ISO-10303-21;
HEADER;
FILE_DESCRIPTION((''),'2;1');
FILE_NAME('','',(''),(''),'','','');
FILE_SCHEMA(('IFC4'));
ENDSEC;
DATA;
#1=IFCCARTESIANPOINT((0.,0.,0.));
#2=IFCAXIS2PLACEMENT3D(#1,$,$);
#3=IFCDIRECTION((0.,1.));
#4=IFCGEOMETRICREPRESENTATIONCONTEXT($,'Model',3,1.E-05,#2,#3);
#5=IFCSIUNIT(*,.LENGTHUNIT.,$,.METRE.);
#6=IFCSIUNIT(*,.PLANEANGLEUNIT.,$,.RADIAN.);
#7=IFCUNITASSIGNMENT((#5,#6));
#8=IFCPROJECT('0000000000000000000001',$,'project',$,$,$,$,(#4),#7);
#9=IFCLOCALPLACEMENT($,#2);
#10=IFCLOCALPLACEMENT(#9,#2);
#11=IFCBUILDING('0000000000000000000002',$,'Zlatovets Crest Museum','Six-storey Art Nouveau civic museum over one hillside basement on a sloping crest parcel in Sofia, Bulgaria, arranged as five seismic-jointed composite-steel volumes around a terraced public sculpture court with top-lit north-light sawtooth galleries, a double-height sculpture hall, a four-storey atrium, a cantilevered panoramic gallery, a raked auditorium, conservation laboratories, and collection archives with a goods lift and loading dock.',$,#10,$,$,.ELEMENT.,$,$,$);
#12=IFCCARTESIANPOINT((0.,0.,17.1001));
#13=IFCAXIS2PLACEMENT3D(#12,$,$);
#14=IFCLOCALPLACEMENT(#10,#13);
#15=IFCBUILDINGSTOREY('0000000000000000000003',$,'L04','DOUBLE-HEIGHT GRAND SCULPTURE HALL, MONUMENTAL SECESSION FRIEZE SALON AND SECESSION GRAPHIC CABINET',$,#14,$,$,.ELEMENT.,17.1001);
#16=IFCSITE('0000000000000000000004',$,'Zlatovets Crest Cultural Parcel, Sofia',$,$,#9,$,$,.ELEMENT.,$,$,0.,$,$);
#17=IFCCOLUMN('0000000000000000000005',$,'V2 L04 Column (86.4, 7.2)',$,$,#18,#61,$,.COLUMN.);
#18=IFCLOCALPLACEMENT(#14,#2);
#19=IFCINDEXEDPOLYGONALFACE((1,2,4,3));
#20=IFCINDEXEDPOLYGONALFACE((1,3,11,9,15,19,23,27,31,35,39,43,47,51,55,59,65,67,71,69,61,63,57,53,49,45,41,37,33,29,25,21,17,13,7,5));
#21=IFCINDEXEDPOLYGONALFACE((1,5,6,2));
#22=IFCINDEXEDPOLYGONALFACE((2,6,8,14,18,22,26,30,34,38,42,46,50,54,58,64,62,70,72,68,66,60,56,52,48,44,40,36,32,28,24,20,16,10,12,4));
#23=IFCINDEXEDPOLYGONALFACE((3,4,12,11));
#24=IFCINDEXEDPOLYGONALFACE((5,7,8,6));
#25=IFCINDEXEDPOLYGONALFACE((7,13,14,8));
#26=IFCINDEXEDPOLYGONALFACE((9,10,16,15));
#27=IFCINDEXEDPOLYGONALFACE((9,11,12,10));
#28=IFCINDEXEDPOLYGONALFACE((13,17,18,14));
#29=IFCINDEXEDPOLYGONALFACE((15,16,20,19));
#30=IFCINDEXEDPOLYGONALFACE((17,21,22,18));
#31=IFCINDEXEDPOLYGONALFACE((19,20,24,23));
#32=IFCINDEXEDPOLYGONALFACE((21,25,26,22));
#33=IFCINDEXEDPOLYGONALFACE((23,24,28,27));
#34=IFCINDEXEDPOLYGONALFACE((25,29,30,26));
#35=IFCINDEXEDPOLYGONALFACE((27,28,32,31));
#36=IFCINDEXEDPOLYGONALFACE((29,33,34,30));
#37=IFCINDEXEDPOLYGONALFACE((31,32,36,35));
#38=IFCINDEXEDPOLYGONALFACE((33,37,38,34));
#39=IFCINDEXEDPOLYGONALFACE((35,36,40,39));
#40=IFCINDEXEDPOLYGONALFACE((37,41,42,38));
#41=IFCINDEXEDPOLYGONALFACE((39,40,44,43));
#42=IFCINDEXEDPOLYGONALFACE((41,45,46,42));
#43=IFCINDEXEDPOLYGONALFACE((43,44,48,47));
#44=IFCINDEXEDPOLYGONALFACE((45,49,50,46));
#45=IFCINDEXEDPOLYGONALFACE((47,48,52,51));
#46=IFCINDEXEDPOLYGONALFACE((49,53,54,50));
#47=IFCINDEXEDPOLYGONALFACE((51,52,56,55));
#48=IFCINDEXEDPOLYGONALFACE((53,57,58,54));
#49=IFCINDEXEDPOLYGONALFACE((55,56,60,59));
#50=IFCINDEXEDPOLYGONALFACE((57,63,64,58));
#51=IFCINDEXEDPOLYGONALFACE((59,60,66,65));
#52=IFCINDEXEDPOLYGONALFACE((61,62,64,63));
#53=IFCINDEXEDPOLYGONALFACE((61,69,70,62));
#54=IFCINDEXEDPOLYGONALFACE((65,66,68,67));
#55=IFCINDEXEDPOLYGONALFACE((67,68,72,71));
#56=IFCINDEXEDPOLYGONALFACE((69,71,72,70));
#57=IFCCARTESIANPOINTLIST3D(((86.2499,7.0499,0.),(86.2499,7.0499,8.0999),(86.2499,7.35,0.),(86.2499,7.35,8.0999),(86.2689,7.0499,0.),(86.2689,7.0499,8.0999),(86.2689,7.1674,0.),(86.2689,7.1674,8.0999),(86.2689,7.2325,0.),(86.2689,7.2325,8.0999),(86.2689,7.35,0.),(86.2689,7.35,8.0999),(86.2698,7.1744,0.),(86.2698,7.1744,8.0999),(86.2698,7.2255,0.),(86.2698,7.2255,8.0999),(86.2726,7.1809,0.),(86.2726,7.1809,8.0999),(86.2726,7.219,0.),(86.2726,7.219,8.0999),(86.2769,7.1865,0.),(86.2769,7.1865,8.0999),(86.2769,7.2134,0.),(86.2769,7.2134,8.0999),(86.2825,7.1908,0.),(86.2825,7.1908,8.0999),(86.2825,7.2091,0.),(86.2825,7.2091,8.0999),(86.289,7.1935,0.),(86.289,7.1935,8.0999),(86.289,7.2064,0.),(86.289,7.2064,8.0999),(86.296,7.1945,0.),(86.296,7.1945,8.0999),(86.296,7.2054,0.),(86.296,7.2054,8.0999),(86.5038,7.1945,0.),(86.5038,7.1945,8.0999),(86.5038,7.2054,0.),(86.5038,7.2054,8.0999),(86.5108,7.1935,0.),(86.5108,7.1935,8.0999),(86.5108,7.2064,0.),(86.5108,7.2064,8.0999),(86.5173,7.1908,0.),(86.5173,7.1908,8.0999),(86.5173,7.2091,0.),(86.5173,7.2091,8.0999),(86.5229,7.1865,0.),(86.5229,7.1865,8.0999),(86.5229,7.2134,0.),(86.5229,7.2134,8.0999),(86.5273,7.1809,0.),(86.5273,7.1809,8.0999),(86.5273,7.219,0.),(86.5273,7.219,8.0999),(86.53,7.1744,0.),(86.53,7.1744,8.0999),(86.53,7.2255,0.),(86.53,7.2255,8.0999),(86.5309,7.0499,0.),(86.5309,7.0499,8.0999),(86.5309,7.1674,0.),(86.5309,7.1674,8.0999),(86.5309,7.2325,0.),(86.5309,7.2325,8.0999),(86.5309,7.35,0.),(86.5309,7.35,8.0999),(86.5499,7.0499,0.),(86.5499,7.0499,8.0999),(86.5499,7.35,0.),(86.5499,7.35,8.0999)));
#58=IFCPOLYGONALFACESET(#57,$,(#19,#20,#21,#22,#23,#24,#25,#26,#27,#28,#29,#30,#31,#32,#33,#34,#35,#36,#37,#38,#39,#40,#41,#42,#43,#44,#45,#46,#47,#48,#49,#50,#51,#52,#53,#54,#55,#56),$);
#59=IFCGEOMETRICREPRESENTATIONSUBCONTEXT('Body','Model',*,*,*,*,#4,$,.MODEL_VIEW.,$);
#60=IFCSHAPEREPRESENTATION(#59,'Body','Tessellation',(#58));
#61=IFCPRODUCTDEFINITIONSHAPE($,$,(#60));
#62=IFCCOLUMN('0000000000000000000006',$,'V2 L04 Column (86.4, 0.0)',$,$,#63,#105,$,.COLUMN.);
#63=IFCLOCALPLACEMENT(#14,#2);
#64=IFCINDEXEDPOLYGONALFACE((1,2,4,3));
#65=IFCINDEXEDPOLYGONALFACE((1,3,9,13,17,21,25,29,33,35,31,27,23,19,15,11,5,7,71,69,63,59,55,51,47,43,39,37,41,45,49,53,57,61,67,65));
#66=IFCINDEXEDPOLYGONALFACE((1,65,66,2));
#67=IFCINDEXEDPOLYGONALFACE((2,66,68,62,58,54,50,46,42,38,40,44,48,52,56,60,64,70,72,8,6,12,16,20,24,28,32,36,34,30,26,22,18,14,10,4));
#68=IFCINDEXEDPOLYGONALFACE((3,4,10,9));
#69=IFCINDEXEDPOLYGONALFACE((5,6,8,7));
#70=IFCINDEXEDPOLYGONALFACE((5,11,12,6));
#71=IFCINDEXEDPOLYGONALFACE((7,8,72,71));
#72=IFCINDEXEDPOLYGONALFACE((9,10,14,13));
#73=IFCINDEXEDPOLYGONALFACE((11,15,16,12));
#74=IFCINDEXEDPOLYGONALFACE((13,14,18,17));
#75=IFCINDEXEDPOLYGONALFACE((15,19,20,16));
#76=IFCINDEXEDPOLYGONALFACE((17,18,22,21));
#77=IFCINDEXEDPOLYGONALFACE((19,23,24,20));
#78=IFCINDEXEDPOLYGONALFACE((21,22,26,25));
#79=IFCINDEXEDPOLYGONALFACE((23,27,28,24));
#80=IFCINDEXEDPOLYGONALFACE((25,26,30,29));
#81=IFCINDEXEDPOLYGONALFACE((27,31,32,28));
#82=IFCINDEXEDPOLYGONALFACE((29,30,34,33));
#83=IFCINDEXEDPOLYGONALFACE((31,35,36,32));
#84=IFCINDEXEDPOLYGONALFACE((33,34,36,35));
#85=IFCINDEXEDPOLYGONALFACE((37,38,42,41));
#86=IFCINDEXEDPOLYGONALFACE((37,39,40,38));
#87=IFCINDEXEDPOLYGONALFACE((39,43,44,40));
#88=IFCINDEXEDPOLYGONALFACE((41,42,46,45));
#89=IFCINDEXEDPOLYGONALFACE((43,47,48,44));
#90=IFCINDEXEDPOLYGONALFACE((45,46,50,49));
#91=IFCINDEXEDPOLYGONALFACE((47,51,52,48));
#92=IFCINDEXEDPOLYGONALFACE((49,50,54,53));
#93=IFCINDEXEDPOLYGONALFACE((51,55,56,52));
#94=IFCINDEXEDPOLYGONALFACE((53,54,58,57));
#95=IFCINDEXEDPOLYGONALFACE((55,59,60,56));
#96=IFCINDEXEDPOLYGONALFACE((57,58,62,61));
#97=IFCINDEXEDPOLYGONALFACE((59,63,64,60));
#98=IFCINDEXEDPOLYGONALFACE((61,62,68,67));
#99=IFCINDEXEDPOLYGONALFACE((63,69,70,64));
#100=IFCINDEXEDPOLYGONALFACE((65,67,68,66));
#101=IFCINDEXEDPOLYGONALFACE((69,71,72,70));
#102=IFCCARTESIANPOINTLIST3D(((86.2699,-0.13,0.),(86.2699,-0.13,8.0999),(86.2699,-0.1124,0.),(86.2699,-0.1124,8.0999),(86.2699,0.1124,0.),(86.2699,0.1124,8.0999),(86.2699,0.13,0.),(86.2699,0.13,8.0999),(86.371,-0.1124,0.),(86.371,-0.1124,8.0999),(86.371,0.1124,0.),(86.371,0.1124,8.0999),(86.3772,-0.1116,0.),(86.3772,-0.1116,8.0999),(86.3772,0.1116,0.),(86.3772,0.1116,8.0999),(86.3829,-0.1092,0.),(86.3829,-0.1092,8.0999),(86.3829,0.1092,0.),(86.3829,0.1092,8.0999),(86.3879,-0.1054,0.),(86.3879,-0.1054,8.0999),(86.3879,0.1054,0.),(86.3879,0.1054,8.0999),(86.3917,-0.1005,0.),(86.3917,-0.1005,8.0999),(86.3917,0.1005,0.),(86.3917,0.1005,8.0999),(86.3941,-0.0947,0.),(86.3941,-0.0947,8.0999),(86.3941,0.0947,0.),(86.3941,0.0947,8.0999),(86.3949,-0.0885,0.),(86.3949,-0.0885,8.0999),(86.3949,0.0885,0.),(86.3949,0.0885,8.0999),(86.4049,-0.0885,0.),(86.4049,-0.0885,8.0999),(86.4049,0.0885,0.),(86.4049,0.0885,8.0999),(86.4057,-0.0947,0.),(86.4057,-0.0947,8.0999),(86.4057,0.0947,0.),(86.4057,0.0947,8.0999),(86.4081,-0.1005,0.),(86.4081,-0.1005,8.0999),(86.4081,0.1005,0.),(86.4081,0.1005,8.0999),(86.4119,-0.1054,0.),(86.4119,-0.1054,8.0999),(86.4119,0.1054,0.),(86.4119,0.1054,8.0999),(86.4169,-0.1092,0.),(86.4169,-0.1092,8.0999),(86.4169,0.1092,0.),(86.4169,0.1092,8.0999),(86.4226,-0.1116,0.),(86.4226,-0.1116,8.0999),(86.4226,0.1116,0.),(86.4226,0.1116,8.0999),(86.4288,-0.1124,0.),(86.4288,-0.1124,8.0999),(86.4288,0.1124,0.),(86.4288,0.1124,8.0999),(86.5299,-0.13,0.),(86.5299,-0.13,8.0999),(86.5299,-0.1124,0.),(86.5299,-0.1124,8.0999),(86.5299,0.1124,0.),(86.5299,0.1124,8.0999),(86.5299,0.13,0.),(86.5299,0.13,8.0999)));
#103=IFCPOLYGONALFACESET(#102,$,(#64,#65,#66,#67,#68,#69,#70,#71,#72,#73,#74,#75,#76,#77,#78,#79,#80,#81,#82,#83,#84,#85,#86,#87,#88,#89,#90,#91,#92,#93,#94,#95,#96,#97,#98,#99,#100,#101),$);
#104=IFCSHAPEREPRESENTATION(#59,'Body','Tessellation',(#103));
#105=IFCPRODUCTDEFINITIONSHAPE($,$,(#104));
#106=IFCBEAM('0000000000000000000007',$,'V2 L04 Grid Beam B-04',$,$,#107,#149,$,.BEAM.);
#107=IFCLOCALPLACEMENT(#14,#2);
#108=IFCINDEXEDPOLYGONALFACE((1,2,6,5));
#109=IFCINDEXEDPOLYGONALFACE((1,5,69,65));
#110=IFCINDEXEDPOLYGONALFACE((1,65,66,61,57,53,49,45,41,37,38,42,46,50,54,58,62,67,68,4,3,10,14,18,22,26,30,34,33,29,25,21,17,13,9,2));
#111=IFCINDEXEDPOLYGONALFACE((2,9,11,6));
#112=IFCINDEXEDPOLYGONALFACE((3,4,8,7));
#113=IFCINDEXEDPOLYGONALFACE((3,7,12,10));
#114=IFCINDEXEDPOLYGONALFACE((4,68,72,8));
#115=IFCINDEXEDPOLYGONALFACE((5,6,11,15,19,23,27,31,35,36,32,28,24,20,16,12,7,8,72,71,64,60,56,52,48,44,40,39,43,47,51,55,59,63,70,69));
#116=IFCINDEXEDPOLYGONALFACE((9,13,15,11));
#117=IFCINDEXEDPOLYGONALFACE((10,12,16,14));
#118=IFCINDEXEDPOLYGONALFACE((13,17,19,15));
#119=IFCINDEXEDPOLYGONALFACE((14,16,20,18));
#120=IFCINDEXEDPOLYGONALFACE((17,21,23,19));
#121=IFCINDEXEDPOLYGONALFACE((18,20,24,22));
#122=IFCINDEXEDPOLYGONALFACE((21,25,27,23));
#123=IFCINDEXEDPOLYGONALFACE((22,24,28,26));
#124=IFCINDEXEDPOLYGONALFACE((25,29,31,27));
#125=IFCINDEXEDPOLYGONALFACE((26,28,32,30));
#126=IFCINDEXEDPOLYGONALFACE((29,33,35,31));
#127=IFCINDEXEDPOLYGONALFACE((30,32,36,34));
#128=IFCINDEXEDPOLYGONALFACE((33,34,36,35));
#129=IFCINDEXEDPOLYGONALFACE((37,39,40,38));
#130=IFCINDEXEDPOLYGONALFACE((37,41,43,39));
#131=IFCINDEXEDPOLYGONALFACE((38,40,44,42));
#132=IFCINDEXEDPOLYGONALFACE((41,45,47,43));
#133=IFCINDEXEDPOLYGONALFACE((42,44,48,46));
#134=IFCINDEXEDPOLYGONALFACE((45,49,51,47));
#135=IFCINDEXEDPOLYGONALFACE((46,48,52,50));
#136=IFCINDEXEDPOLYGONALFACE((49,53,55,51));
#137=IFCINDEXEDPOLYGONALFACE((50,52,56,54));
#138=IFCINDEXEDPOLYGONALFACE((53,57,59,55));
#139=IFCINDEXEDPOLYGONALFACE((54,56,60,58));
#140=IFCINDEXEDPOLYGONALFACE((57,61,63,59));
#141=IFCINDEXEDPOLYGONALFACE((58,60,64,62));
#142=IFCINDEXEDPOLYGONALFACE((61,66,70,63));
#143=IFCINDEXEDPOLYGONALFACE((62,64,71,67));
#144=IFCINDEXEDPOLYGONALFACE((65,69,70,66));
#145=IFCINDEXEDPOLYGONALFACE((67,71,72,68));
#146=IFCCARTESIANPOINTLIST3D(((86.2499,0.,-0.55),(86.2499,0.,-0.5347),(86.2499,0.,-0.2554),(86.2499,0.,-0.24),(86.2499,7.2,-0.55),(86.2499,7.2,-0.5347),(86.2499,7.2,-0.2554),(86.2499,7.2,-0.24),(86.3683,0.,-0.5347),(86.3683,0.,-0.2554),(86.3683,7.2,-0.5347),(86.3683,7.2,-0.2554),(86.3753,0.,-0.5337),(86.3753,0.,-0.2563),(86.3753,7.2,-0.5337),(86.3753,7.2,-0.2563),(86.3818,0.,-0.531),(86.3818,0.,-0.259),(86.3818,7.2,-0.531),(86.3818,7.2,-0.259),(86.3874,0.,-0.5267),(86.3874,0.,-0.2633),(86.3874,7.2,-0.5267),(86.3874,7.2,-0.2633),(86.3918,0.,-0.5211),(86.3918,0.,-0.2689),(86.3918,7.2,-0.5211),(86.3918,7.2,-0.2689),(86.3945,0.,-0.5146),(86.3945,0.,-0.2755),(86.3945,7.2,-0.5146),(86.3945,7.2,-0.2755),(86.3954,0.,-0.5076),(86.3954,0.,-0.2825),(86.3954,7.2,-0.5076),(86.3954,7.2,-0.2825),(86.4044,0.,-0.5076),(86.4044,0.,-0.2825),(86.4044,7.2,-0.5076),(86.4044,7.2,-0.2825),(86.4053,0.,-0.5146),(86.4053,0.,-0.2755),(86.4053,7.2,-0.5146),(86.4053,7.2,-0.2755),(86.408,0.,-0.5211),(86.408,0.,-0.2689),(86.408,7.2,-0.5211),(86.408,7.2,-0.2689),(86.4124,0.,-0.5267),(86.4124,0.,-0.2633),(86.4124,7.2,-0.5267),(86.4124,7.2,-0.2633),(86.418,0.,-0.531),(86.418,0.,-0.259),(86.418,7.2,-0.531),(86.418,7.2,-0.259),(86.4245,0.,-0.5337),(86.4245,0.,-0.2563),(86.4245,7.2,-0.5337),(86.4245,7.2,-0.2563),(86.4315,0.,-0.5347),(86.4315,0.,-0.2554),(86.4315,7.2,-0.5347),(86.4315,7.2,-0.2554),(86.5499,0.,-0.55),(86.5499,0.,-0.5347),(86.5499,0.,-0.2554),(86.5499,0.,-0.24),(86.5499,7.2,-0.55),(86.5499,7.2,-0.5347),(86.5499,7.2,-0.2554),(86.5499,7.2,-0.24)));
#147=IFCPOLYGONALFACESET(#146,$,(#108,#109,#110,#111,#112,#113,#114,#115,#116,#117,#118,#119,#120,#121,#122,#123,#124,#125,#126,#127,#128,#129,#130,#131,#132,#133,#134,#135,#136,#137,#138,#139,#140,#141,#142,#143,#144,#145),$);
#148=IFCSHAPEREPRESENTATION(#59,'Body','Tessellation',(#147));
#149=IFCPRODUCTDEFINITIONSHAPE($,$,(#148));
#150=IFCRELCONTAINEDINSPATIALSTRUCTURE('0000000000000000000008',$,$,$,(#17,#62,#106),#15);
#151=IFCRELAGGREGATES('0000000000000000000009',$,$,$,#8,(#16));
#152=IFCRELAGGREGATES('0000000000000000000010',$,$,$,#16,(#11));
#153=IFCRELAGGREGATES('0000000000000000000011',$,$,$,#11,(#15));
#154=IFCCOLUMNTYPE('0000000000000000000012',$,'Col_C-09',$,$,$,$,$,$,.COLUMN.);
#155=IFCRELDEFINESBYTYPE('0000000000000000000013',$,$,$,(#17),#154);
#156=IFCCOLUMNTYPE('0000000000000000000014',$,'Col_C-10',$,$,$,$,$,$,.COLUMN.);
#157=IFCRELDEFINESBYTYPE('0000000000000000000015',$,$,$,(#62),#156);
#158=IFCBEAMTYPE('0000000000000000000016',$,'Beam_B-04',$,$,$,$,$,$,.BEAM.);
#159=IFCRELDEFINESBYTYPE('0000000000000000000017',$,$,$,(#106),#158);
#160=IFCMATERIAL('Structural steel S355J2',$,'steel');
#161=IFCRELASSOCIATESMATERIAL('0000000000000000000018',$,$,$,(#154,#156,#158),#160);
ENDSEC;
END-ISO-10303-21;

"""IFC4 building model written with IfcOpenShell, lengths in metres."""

from ifc_helpers import new_model, si_unit, direction, frame, origin, origin_2d, place, context, subcontext, project, spatial, i_section, extrude, material, material_profile, profile_set, type_object, element, save


model = new_model("IFC4")

# Units and contexts
model_context = context("Model", 3, precision=1e-05, world=origin(), true_north=direction((0.0, 1.0)))
body_context = subcontext(model_context, "Body", "Model", "MODEL_VIEW")
ifc_project = project(units=[si_unit("LENGTHUNIT", "METRE"), si_unit("PLANEANGLEUNIT", "RADIAN")], contexts=[model_context])

# Site, building, storey
site_placement = place(None, origin())
site = spatial("IfcSite", under=ifc_project, at=site_placement, Name="Zlatovets Crest Cultural Parcel, Sofia", CompositionType="ELEMENT", RefElevation=0.0)
building_placement = place(site_placement, origin())
building = spatial("IfcBuilding", under=site, at=building_placement, Name="Zlatovets Crest Museum", Description="Six-storey Art Nouveau civic museum over one hillside basement on a sloping crest parcel in Sofia, Bulgaria, arranged as five seismic-jointed composite-steel volumes around a terraced public sculpture court with top-lit north-light sawtooth galleries, a double-height sculpture hall, a four-storey atrium, a cantilevered panoramic gallery, a raked auditorium, conservation laboratories, and collection archives with a goods lift and loading dock.", CompositionType="ELEMENT")
storey_placement = place(building_placement, frame((0.0, 0.0, 17.1001)))
storey = spatial("IfcBuildingStorey", under=building, at=storey_placement, Name="L04", Description="DOUBLE-HEIGHT GRAND SCULPTURE HALL, MONUMENTAL SECESSION FRIEZE SALON AND SECESSION GRAPHIC CABINET", CompositionType="ELEMENT", Elevation=17.1001)

# Columns
ifc_material_1 = material(Name="Structural steel S355J2", Category="steel")
ifc_material_profile_1 = material_profile(ifc_material_1, i_section(OverallWidth=0.3, OverallDepth=0.3, WebThickness=0.011, FlangeThickness=0.019, FilletRadius=0.0271, at=origin_2d()), Name="HEB 300")
ifc_profile_set_1 = profile_set([ifc_material_profile_1], Name="Structural steel S355J2")
column_type_1 = type_object("IfcColumnType", Name="Col_C-09", PredefinedType="COLUMN", material=ifc_profile_set_1)
column_1_placement = place(storey_placement, frame((86.3999, 7.2, 0.0), z_axis=(0.0, 0.0, 1.0), x_axis=(0.0, 1.0, 0.0)))
element("IfcColumn", 1, at=column_1_placement, inside=storey, type_object=column_type_1, Name="V2 L04 Column (86.4, 7.2)", PredefinedType="COLUMN", context=body_context, shape_type="SweptSolid", body=[
    extrude(i_section(OverallWidth=0.3, OverallDepth=0.3, WebThickness=0.011, FlangeThickness=0.019, FilletRadius=0.0271, at=origin_2d()), origin(), (0.0, 0.0, 1.0), 8.0999),
])
ifc_material_profile_2 = material_profile(ifc_material_1, i_section(OverallWidth=0.26, OverallDepth=0.26, WebThickness=0.01, FlangeThickness=0.0176, FilletRadius=0.0239, at=origin_2d()), Name="HEB 260")
ifc_profile_set_2 = profile_set([ifc_material_profile_2], Name="Structural steel S355J2")
column_type_2 = type_object("IfcColumnType", Name="Col_C-10", PredefinedType="COLUMN", material=ifc_profile_set_2)
column_2_placement = place(storey_placement, frame((86.3999, 0.0, 0.0), z_axis=(0.0, 0.0, 1.0), x_axis=(1.0, 0.0, 0.0)))
element("IfcColumn", 2, at=column_2_placement, inside=storey, type_object=column_type_2, Name="V2 L04 Column (86.4, 0.0)", PredefinedType="COLUMN", context=body_context, shape_type="SweptSolid", body=[
    extrude(i_section(OverallWidth=0.26, OverallDepth=0.26, WebThickness=0.01, FlangeThickness=0.0176, FilletRadius=0.0239, at=origin_2d()), origin(), (0.0, 0.0, 1.0), 8.0999),
])

# Beam
ifc_material_profile_3 = material_profile(ifc_material_1, i_section(OverallWidth=0.3, OverallDepth=0.3101, WebThickness=0.009, FlangeThickness=0.0154, FilletRadius=0.0271, at=origin_2d()), Name="HEA 320")
ifc_profile_set_3 = profile_set([ifc_material_profile_3], Name="Structural steel S355J2")
beam_type_1 = type_object("IfcBeamType", Name="Beam_B-04", PredefinedType="BEAM", material=ifc_profile_set_3)
beam_placement = place(storey_placement, frame((86.3999, 0.0, -0.395), z_axis=(0.0, 1.0, 0.0), x_axis=(-1.0, 0.0, 0.0)))
element("IfcBeam", 3, at=beam_placement, inside=storey, type_object=beam_type_1, Name="V2 L04 Grid Beam B-04", PredefinedType="BEAM", context=body_context, shape_type="SweptSolid", body=[
    extrude(i_section(OverallWidth=0.3, OverallDepth=0.3101, WebThickness=0.009, FlangeThickness=0.0154, FilletRadius=0.0271, at=origin_2d()), origin(), (0.0, 0.0, 1.0), 7.2),
])

save(model, "model.ifc")
